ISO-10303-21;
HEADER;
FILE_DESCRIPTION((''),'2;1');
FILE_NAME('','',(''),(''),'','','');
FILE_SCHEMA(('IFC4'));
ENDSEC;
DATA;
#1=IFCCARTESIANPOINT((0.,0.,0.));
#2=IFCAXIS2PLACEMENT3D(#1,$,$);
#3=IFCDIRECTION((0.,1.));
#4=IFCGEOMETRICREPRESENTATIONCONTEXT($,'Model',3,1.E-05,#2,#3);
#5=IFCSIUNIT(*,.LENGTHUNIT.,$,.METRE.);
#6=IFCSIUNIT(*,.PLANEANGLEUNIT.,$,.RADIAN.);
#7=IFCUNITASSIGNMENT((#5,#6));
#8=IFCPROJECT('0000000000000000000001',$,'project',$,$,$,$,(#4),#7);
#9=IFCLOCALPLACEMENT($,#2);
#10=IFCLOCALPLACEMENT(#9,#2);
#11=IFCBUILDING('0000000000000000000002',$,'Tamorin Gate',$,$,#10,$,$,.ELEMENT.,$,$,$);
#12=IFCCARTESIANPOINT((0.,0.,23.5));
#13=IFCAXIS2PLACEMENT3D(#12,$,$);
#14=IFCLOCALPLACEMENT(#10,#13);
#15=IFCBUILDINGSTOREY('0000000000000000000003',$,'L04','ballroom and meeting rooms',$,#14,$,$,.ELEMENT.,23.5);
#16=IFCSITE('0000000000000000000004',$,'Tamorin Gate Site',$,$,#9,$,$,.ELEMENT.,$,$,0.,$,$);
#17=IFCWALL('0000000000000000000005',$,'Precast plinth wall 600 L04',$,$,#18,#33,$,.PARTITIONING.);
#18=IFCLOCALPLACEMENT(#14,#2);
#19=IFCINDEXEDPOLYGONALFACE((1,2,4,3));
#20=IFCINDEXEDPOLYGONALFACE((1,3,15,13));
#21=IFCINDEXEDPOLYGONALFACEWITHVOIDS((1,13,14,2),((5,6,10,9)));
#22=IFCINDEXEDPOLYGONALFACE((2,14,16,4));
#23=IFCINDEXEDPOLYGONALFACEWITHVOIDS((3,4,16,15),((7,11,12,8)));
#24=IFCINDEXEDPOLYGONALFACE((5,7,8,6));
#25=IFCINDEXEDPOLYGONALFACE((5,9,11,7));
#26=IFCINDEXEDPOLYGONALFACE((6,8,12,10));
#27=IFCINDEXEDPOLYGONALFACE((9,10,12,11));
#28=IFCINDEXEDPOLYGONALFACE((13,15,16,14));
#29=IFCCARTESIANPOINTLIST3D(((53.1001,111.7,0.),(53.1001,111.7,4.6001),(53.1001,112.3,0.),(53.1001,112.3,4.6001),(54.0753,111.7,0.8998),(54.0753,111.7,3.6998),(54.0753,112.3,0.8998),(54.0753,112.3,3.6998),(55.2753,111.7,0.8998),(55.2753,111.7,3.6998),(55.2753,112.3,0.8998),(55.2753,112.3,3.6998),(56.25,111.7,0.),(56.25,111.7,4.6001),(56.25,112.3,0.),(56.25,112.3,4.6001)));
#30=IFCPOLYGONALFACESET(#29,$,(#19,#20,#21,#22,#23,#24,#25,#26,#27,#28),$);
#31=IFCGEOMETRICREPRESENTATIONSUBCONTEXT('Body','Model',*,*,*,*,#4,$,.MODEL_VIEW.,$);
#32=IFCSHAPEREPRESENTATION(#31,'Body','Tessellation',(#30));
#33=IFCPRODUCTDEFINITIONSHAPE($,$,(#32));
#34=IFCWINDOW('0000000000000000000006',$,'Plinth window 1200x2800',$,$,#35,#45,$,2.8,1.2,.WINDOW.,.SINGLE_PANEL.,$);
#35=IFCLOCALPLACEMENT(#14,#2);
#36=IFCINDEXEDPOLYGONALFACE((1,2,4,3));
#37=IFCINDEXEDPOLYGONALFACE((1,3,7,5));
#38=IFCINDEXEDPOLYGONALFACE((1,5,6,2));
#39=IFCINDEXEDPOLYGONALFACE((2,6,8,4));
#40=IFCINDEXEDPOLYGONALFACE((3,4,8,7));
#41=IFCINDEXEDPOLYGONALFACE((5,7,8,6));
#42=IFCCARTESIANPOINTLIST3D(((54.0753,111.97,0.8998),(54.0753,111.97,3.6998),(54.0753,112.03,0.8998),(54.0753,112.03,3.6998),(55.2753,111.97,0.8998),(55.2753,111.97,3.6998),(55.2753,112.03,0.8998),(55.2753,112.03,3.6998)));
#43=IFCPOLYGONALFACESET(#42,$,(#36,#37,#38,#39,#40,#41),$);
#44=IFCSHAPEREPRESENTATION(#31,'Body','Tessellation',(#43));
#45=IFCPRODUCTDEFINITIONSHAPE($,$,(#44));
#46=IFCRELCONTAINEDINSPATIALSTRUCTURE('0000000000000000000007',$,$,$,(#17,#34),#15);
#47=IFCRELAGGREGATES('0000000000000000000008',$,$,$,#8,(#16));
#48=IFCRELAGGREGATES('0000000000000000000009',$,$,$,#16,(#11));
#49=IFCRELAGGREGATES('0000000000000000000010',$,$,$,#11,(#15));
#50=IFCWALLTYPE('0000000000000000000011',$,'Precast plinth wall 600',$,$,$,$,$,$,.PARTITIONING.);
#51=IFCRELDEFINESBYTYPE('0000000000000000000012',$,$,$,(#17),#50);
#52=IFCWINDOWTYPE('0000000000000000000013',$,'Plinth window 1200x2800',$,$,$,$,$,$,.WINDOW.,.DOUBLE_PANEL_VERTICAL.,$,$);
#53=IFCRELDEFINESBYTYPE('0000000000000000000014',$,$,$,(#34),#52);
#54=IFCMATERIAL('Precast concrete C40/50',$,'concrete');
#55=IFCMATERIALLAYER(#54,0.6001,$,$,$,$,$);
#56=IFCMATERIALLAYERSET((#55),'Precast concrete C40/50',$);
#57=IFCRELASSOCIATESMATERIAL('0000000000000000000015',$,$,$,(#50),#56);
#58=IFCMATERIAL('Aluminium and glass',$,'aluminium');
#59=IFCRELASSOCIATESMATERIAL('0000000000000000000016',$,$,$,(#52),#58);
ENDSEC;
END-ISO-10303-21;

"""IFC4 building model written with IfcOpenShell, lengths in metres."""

from ifc_helpers import new_model, si_unit, direction, frame, frame_2d, origin, place, context, subcontext, project, spatial, rectangle, extrude, material, layer, layer_set, type_object, element, fill, save


model = new_model("IFC4")

# Units and contexts
model_context = context("Model", 3, precision=1e-05, world=origin(), true_north=direction((0.0, 1.0)))
body_context = subcontext(model_context, "Body", "Model", "MODEL_VIEW")
ifc_project = project(units=[si_unit("LENGTHUNIT", "METRE"), si_unit("PLANEANGLEUNIT", "RADIAN")], contexts=[model_context])

# Site, building, storey
site_placement = place(None, origin())
site = spatial("IfcSite", under=ifc_project, at=site_placement, Name="Tamorin Gate Site", CompositionType="ELEMENT", RefElevation=0.0)
building_placement = place(site_placement, origin())
building = spatial("IfcBuilding", under=site, at=building_placement, Name="Tamorin Gate", CompositionType="ELEMENT")
storey_placement = place(building_placement, frame((0.0, 0.0, 23.5)))
storey = spatial("IfcBuildingStorey", under=building, at=storey_placement, Name="L04", Description="ballroom and meeting rooms", CompositionType="ELEMENT", Elevation=23.5)

# Shared definitions
ifc_material_1 = material(Name="Precast concrete C40/50", Category="concrete")
ifc_layer_1 = layer(ifc_material_1, 0.6001)
ifc_layer_set_1 = layer_set([ifc_layer_1], Name="Precast concrete C40/50")
wall_type_1 = type_object("IfcWallType", Name="Precast plinth wall 600", PredefinedType="PARTITIONING", material=ifc_layer_set_1)
ifc_material_2 = material(Name="Aluminium and glass", Category="aluminium")

# Wall, opening, window
wall_1_placement = place(storey_placement, frame((53.1001, 112.0, 0.0), z_axis=(0.0, 0.0, 1.0), x_axis=(1.0, 0.0, 0.0)))
wall_1 = element("IfcWall", 1, at=wall_1_placement, inside=storey, type_object=wall_type_1, Name="Precast plinth wall 600 L04", PredefinedType="PARTITIONING", context=body_context, shape_type="SweptSolid", body=[
    extrude(rectangle(XDim=3.1499, YDim=0.6001, at=frame_2d((1.575, 0.0))), origin(), (0.0, 0.0, 1.0), 4.6001),
])
opening_1_placement = place(wall_1_placement, frame((0.9751, 0.0, 0.8999)))
opening_1 = element("IfcOpeningElement", 2, at=opening_1_placement, cuts=wall_1, PredefinedType="OPENING", context=body_context, shape_type="SweptSolid", body=[
    extrude(rectangle(XDim=1.2, YDim=2.8, at=frame_2d((0.6001, 1.3999))), frame((0.0, 0.3101, 0.0), z_axis=(0.0, -1.0, 0.0), x_axis=(1.0, 0.0, 0.0)), (0.0, 0.0, 1.0), 0.6201),
])
window_type_1 = type_object("IfcWindowType", Name="Plinth window 1200x2800", PartitioningType="DOUBLE_PANEL_VERTICAL", PredefinedType="WINDOW", material=ifc_material_2)
window_1_placement = place(opening_1_placement, origin())
window_1 = element("IfcWindow", 3, at=window_1_placement, inside=storey, type_object=window_type_1, Name="Plinth window 1200x2800", OverallHeight=2.8, OverallWidth=1.2, PartitioningType="SINGLE_PANEL", PredefinedType="WINDOW", context=body_context, shape_type="SweptSolid", body=[
    extrude(rectangle(XDim=1.2, YDim=2.8, at=frame_2d((0.6001, 1.3999))), frame((0.0, 0.03, 0.0), z_axis=(0.0, -1.0, 0.0), x_axis=(1.0, 0.0, 0.0)), (0.0, 0.0, 1.0), 0.0601),
])
fill(opening_1, window_1)

save(model, "model.ifc")
